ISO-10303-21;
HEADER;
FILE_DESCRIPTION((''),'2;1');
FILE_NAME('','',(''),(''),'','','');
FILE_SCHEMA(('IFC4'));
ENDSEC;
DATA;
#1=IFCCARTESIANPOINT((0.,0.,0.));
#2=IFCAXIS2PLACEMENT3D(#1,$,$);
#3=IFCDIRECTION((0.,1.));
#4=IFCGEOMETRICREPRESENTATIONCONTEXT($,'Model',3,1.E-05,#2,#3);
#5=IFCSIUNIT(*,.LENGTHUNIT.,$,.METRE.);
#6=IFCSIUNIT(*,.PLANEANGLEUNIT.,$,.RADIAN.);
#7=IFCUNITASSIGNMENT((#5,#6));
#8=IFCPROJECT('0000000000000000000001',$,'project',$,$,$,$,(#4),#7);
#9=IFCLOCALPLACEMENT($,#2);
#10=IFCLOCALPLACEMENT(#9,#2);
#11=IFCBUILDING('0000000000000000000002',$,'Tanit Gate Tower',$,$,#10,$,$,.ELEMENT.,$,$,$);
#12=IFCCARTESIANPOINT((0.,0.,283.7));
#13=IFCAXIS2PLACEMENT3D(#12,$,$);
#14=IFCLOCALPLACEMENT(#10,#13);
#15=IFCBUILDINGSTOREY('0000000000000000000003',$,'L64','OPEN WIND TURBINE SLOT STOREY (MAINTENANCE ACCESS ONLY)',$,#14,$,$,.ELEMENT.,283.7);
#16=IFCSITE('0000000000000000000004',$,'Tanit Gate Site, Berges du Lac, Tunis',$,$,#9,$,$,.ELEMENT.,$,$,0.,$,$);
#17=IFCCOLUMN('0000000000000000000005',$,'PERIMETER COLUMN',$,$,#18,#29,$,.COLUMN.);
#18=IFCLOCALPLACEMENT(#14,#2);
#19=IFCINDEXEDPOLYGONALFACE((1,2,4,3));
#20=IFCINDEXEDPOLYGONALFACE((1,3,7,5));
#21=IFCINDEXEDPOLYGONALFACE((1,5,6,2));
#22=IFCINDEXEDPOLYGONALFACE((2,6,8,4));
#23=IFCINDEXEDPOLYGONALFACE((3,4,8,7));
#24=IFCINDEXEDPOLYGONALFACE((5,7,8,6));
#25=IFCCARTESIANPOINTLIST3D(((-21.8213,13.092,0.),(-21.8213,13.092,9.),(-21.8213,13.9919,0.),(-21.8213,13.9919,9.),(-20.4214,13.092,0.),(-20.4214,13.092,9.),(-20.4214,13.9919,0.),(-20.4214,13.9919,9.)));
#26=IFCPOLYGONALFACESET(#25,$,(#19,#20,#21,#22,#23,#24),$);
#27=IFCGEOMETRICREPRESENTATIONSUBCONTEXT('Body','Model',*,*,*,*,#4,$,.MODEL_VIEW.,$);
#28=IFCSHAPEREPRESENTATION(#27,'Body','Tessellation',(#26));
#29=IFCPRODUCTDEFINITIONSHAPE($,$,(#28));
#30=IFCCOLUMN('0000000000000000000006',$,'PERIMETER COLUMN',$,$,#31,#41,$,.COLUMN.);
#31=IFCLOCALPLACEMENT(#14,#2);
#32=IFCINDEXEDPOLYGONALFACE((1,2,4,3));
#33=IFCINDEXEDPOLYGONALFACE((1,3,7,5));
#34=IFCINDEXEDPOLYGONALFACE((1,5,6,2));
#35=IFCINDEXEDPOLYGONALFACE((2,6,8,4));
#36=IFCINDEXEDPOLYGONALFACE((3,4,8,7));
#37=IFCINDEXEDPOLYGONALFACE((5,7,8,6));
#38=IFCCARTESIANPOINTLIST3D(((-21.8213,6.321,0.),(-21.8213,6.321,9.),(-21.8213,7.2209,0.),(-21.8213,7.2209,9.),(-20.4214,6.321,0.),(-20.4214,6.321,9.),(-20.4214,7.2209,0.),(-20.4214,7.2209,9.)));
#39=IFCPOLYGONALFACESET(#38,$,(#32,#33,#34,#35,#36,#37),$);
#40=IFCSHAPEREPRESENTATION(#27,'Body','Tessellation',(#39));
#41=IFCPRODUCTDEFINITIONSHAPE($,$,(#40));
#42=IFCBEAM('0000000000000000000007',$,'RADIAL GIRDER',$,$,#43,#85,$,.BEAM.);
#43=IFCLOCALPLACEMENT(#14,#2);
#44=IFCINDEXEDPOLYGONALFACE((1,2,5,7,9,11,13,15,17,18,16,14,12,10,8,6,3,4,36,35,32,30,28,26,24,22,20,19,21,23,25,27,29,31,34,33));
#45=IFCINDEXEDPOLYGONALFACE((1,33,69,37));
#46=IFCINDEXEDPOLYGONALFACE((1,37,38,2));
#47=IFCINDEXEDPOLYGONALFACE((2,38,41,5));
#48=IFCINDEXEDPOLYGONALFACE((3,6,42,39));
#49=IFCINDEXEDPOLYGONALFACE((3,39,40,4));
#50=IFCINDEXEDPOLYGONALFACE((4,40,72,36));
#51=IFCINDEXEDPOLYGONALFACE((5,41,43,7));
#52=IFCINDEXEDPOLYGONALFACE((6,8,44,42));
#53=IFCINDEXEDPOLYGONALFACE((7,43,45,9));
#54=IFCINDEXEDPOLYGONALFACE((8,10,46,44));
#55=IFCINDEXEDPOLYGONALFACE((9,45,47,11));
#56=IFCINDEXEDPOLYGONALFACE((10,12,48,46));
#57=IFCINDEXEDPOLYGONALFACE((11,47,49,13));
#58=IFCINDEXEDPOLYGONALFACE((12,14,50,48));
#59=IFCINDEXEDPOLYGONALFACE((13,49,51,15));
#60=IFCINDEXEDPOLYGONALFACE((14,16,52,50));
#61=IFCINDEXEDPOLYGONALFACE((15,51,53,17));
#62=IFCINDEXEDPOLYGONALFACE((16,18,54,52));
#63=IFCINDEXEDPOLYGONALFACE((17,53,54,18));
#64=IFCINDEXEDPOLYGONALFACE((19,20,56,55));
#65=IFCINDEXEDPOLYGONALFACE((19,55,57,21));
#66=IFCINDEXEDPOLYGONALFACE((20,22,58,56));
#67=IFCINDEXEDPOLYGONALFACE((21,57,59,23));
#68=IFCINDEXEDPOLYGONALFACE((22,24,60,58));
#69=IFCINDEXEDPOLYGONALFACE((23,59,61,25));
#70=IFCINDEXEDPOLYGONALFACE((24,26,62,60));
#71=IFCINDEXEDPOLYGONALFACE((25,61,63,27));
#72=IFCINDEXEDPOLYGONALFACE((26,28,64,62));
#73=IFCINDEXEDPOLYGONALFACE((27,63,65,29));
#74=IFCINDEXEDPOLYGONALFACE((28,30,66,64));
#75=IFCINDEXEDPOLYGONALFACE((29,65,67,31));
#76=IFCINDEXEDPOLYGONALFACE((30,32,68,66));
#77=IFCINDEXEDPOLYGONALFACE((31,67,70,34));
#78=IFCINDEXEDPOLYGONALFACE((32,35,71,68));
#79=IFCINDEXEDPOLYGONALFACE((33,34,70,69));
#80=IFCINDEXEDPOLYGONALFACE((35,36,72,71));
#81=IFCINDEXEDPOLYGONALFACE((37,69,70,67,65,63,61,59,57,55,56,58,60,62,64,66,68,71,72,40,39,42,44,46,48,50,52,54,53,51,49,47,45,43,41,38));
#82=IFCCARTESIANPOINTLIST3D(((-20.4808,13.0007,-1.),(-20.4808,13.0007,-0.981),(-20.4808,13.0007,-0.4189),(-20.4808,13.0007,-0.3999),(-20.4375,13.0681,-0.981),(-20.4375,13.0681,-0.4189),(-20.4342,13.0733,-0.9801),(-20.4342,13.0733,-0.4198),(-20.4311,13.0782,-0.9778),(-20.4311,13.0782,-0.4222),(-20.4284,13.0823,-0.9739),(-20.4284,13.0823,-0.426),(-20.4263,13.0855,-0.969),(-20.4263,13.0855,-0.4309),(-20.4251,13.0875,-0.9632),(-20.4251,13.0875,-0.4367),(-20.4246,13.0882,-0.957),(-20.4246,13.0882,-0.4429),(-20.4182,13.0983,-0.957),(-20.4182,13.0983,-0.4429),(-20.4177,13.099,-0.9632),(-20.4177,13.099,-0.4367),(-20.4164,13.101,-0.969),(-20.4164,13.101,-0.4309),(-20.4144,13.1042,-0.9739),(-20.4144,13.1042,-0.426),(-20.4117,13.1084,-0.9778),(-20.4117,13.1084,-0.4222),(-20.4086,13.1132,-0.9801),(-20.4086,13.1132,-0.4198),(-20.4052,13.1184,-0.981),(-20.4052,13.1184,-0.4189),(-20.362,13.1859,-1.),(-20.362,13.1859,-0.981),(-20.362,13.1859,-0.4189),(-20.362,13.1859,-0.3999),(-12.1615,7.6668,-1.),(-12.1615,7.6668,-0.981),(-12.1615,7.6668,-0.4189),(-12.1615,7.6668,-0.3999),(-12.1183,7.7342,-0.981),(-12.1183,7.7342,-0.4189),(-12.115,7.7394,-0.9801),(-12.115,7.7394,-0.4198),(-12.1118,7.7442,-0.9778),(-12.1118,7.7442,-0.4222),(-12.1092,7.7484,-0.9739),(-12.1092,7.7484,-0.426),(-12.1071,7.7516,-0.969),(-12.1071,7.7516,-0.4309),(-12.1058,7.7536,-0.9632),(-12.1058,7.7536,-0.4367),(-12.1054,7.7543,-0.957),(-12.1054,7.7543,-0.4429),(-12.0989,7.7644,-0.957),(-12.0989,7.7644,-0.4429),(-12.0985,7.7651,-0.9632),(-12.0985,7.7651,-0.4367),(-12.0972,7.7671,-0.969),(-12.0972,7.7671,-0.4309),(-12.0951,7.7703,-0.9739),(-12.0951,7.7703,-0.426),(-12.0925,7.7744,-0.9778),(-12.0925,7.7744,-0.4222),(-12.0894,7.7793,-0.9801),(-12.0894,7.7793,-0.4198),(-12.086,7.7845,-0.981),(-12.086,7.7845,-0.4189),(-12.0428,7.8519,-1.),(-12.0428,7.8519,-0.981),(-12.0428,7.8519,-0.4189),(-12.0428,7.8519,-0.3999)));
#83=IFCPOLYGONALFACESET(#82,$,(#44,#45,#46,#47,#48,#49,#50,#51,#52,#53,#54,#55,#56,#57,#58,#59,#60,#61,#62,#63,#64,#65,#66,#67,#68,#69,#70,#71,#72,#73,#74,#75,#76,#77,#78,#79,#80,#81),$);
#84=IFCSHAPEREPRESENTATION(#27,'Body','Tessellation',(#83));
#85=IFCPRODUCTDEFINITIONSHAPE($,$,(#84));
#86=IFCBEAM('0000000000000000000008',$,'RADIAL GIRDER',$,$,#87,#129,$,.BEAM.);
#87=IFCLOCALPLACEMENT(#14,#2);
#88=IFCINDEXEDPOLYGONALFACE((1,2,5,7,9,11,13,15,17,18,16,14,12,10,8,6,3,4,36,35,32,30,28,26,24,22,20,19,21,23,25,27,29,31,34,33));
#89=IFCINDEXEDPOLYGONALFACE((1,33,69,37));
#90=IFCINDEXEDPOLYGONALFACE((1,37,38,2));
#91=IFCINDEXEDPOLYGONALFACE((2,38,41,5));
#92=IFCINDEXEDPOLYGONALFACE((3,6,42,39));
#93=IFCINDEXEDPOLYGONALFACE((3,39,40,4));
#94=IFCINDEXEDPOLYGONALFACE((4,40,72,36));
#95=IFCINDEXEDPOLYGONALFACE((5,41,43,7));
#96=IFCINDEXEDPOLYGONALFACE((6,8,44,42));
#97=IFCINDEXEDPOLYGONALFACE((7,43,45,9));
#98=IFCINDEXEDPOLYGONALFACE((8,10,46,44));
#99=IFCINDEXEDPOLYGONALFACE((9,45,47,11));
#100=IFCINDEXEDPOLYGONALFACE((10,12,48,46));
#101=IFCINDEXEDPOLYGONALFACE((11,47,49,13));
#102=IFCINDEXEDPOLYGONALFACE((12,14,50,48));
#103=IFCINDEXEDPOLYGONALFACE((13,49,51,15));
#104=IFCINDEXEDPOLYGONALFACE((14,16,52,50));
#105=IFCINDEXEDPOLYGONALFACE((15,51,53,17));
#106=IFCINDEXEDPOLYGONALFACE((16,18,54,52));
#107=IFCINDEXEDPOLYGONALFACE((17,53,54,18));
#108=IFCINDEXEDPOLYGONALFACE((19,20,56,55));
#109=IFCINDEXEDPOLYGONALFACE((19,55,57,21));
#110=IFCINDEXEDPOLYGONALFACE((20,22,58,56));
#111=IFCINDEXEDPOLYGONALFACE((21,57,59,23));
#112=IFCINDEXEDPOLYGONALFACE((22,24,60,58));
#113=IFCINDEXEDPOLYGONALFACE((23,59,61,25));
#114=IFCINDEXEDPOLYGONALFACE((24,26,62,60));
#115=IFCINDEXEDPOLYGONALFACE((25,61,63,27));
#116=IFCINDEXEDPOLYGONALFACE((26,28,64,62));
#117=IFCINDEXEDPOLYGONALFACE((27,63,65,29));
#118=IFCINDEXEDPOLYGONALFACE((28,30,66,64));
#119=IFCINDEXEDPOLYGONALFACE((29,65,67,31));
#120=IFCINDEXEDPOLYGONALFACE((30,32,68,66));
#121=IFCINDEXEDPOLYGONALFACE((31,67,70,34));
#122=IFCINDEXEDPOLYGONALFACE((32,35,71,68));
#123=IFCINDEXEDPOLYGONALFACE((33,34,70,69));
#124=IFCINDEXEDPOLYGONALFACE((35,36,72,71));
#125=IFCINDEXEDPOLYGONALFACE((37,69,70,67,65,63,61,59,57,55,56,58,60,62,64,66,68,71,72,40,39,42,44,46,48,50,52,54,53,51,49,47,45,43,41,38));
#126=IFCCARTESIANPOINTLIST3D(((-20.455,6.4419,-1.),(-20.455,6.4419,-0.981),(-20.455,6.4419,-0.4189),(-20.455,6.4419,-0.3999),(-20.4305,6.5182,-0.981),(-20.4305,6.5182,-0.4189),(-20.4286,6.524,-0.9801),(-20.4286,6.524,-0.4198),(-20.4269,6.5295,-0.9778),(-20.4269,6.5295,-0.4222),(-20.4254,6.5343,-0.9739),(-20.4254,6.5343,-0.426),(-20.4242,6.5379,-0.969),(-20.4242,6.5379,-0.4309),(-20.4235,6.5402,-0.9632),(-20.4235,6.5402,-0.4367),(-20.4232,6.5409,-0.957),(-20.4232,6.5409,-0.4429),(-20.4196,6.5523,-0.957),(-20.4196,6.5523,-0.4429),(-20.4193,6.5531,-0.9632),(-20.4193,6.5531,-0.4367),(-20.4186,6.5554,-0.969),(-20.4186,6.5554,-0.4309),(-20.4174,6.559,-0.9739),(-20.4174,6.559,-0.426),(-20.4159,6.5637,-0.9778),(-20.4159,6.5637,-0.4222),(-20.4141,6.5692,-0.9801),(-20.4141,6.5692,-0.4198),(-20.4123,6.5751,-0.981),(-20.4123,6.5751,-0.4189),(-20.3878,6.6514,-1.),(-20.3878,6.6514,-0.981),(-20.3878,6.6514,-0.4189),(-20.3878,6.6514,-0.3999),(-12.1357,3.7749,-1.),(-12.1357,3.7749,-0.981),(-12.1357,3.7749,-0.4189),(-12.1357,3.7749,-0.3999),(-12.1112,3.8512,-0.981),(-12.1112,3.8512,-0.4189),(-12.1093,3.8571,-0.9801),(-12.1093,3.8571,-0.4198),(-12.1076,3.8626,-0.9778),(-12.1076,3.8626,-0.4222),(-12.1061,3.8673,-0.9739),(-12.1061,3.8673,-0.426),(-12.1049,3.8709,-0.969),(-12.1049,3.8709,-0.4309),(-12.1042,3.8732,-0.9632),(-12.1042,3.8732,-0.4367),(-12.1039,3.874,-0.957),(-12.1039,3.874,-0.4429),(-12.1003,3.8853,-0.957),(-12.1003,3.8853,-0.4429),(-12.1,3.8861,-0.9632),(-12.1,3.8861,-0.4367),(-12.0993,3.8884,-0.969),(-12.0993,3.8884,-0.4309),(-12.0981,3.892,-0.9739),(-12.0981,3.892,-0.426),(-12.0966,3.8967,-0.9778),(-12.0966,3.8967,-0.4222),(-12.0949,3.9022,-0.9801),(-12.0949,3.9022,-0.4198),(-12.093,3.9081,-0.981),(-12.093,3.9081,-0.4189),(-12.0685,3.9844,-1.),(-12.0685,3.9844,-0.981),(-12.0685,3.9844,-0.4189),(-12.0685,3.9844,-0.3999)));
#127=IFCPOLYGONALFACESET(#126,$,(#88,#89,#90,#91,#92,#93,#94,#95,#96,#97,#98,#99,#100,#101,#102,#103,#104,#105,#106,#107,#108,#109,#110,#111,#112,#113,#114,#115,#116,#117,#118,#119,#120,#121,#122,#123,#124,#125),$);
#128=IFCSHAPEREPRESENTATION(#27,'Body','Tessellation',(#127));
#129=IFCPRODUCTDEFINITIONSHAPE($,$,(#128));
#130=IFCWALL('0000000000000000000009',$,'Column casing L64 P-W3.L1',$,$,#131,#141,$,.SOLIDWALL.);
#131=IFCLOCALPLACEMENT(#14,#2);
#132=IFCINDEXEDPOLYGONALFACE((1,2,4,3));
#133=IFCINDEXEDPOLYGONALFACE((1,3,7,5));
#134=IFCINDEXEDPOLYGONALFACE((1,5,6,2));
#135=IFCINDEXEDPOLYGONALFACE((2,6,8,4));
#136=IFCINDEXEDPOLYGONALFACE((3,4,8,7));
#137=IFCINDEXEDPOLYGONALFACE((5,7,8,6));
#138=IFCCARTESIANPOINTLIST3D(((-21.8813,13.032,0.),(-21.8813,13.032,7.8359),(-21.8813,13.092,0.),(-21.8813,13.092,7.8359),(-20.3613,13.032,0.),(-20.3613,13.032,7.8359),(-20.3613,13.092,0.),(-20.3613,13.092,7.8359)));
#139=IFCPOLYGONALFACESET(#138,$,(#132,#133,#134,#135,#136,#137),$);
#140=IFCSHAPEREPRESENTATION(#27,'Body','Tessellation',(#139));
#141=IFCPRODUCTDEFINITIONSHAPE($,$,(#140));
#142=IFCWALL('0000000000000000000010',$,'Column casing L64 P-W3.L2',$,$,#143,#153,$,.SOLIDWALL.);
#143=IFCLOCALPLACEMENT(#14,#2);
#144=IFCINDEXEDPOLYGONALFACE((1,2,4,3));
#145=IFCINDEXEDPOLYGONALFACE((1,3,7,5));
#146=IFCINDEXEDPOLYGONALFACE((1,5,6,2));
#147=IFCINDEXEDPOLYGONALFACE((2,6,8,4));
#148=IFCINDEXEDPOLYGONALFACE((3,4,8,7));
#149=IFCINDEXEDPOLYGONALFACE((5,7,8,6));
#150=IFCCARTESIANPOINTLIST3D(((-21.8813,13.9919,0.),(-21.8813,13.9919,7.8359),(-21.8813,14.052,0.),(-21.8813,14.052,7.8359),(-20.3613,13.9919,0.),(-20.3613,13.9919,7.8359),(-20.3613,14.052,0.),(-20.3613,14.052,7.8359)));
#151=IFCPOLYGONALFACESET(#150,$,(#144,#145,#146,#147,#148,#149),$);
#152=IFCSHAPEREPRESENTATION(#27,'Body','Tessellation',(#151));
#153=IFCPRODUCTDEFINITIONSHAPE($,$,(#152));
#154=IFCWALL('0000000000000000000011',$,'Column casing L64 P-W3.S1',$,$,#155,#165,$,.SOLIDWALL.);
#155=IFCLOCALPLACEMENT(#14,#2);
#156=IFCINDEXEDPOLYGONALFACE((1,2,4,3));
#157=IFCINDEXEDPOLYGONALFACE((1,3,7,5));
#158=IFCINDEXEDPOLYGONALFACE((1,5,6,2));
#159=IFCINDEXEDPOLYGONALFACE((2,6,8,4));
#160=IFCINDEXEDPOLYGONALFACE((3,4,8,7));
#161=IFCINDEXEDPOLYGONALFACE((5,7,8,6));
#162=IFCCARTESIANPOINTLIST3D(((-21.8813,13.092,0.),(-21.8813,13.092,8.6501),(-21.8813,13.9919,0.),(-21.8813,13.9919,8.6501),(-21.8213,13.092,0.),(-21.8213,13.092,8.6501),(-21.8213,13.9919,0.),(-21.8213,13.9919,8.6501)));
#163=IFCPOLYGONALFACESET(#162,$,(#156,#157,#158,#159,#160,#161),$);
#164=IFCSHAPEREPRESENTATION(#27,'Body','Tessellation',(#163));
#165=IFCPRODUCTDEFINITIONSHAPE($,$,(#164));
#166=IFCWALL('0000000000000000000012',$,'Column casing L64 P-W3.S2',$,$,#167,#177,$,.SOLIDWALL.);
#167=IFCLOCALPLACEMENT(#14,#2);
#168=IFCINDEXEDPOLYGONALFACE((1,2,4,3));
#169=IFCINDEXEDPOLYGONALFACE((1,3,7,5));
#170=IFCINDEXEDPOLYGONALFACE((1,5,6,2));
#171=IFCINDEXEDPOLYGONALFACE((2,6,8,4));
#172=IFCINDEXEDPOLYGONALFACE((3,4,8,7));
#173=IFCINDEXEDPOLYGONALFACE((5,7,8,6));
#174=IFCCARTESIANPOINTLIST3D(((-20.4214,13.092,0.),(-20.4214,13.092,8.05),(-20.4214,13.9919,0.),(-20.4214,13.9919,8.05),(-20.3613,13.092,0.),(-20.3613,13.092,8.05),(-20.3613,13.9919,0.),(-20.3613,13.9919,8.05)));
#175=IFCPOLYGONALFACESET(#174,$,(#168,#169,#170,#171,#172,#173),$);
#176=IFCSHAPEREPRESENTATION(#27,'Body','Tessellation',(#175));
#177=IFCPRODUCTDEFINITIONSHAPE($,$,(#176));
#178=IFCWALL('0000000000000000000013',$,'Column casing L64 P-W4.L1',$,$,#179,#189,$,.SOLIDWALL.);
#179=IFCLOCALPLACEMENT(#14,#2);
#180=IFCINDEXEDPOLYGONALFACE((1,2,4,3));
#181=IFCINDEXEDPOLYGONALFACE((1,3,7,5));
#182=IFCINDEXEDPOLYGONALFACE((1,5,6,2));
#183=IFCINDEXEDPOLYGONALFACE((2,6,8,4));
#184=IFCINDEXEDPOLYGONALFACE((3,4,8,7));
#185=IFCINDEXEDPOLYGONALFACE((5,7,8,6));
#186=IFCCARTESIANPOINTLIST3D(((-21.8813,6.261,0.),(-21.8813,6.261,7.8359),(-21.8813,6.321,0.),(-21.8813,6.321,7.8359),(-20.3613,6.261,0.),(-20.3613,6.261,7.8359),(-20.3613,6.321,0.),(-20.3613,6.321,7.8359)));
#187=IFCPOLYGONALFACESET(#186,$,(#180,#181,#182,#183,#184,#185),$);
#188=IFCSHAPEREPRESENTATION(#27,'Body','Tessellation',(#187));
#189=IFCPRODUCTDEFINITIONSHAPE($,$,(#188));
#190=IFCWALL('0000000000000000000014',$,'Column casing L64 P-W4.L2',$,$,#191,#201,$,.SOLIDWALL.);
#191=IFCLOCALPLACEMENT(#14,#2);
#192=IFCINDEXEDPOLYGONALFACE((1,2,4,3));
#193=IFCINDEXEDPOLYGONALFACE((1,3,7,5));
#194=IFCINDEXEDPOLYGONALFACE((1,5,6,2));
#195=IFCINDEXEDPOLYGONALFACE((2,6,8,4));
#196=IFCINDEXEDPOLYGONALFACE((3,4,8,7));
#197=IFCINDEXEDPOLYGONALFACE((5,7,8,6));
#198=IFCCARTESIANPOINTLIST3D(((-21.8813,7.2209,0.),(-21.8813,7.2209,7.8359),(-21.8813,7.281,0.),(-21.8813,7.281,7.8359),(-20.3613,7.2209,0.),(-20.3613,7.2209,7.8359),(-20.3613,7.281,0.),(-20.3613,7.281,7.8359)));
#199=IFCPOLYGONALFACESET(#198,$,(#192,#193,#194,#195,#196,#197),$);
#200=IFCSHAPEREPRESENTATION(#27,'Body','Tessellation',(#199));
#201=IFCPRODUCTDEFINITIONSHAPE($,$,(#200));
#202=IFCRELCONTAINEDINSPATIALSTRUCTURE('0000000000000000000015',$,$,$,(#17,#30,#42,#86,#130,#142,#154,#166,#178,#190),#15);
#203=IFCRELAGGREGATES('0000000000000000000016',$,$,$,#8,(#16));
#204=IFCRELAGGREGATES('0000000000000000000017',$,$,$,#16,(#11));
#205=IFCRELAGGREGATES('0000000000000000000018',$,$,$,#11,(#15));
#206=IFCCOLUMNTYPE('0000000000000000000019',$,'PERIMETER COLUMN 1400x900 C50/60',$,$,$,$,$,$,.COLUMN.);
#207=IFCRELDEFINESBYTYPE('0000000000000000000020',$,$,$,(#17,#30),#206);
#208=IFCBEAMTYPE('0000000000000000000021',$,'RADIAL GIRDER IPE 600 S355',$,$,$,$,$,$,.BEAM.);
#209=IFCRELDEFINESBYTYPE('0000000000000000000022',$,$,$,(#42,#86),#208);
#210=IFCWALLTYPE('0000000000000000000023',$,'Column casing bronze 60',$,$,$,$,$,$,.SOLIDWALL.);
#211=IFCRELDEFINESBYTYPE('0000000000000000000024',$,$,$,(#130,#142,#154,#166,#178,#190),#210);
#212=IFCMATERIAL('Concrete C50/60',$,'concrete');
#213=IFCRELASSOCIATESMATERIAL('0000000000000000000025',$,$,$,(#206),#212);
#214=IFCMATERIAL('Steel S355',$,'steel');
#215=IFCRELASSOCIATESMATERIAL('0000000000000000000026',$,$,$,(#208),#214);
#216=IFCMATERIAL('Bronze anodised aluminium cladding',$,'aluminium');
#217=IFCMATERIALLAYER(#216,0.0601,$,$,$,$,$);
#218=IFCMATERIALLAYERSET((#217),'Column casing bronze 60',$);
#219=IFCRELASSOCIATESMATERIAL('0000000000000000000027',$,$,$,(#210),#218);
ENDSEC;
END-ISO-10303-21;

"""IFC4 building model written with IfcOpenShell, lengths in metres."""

from ifc_helpers import new_model, si_unit, direction, frame, frame_2d, origin, origin_2d, place, context, subcontext, project, spatial, rectangle, i_section, extrude, material, layer, layer_set, material_profile, profile_set, type_object, element, save


model = new_model("IFC4")

# Units and contexts
model_context = context("Model", 3, precision=1e-05, world=origin(), true_north=direction((0.0, 1.0)))
body_context = subcontext(model_context, "Body", "Model", "MODEL_VIEW")
ifc_project = project(units=[si_unit("LENGTHUNIT", "METRE"), si_unit("PLANEANGLEUNIT", "RADIAN")], contexts=[model_context])

# Site, building, storey
site_placement = place(None, origin())
site = spatial("IfcSite", under=ifc_project, at=site_placement, Name="Tanit Gate Site, Berges du Lac, Tunis", CompositionType="ELEMENT", RefElevation=0.0)
building_placement = place(site_placement, origin())
building = spatial("IfcBuilding", under=site, at=building_placement, Name="Tanit Gate Tower", CompositionType="ELEMENT")
storey_placement = place(building_placement, frame((0.0, 0.0, 283.7)))
storey = spatial("IfcBuildingStorey", under=building, at=storey_placement, Name="L64", Description="OPEN WIND TURBINE SLOT STOREY (MAINTENANCE ACCESS ONLY)", CompositionType="ELEMENT", Elevation=283.7)

# Columns
ifc_material_1 = material(Name="Concrete C50/60", Category="concrete")
ifc_material_profile_1 = material_profile(ifc_material_1, rectangle(XDim=1.3999, YDim=0.8999, at=origin_2d()), Name="RC 1400x900")
ifc_profile_set_1 = profile_set([ifc_material_profile_1], Name="Concrete C50/60")
column_type = type_object("IfcColumnType", Name="PERIMETER COLUMN 1400x900 C50/60", PredefinedType="COLUMN", material=ifc_profile_set_1)
for number, where, z_axis, x_axis, name in (
    (1, (-21.1213, 13.542, 0.0), (0.0, 0.0, 1.0), (-1.0, 0.0, 0.0), "PERIMETER COLUMN"),
    (2, (-21.1213, 6.771, 0.0), (0.0, 0.0, 1.0), (-1.0, 0.0, 0.0), "PERIMETER COLUMN"),
):
    element("IfcColumn", number, at=place(storey_placement, frame(where, z_axis=z_axis, x_axis=x_axis)), inside=storey, type_object=column_type, Name=name, PredefinedType="COLUMN", context=body_context, shape_type="SweptSolid", body=[
        extrude(rectangle(XDim=1.3999, YDim=0.8999, at=origin_2d()), origin(), (0.0, 0.0, 1.0), 9.0),
    ])

# Beams
ifc_material_2 = material(Name="Steel S355", Category="steel")
ifc_material_profile_2 = material_profile(ifc_material_2, i_section(OverallWidth=0.22, OverallDepth=0.6001, WebThickness=0.012, FlangeThickness=0.019, FilletRadius=0.0239, at=origin_2d()), Name="IPE 600")
ifc_profile_set_2 = profile_set([ifc_material_profile_2], Name="Steel S355")
beam_type = type_object("IfcBeamType", Name="RADIAL GIRDER IPE 600 S355", PredefinedType="BEAM", material=ifc_profile_set_2)
beam_1_placement = place(storey_placement, frame((-20.4214, 13.0933, -0.7), z_axis=(0.84183, -0.539743, 0.0), x_axis=(0.539743, 0.84183, 0.0)))
element("IfcBeam", 3, at=beam_1_placement, inside=storey, type_object=beam_type, Name="RADIAL GIRDER", PredefinedType="BEAM", context=body_context, shape_type="SweptSolid", body=[
    extrude(i_section(OverallWidth=0.22, OverallDepth=0.6001, WebThickness=0.012, FlangeThickness=0.019, FilletRadius=0.0239, at=origin_2d()), origin(), (0.0, 0.0, 1.0), 9.8823),
])
beam_2_placement = place(storey_placement, frame((-20.4214, 6.5466, -0.7), z_axis=(0.952264, -0.305275, 0.0), x_axis=(0.305275, 0.952264, 0.0)))
element("IfcBeam", 4, at=beam_2_placement, inside=storey, type_object=beam_type, Name="RADIAL GIRDER", PredefinedType="BEAM", context=body_context, shape_type="SweptSolid", body=[
    extrude(i_section(OverallWidth=0.22, OverallDepth=0.6001, WebThickness=0.012, FlangeThickness=0.019, FilletRadius=0.0239, at=origin_2d()), origin(), (0.0, 0.0, 1.0), 8.7363),
])

# Walls
ifc_material_3 = material(Name="Bronze anodised aluminium cladding", Category="aluminium")
ifc_layer_1 = layer(ifc_material_3, 0.0601)
ifc_layer_set_1 = layer_set([ifc_layer_1], Name="Column casing bronze 60")
wall_type_1 = type_object("IfcWallType", Name="Column casing bronze 60", PredefinedType="SOLIDWALL", material=ifc_layer_set_1)
for number, where, z_axis, x_axis, name in (
    (5, (-20.3613, 13.062, 0.0), (0.0, 0.0, 1.0), (-1.0, 0.0, 0.0), "Column casing L64 P-W3.L1"),
    (6, (-20.3613, 14.022, 0.0), (0.0, 0.0, 1.0), (-1.0, 0.0, 0.0), "Column casing L64 P-W3.L2"),
):
    element("IfcWall", number, at=place(storey_placement, frame(where, z_axis=z_axis, x_axis=x_axis)), inside=storey, type_object=wall_type_1, Name=name, PredefinedType="SOLIDWALL", context=body_context, shape_type="SweptSolid", body=[
        extrude(rectangle(XDim=1.52, YDim=0.0601, at=frame_2d((0.76, 0.0))), origin(), (0.0, 0.0, 1.0), 7.8359),
    ])
wall_1_placement = place(storey_placement, frame((-21.8513, 13.9919, 0.0), z_axis=(0.0, 0.0, 1.0), x_axis=(0.0, -1.0, 0.0)))
element("IfcWall", 7, at=wall_1_placement, inside=storey, type_object=wall_type_1, Name="Column casing L64 P-W3.S1", PredefinedType="SOLIDWALL", context=body_context, shape_type="SweptSolid", body=[
    extrude(rectangle(XDim=0.8999, YDim=0.0601, at=frame_2d((0.45, 0.0))), origin(), (0.0, 0.0, 1.0), 8.6501),
])
wall_2_placement = place(storey_placement, frame((-20.3914, 13.9919, 0.0), z_axis=(0.0, 0.0, 1.0), x_axis=(0.0, -1.0, 0.0)))
element("IfcWall", 8, at=wall_2_placement, inside=storey, type_object=wall_type_1, Name="Column casing L64 P-W3.S2", PredefinedType="SOLIDWALL", context=body_context, shape_type="SweptSolid", body=[
    extrude(rectangle(XDim=0.8999, YDim=0.0601, at=frame_2d((0.45, 0.0))), origin(), (0.0, 0.0, 1.0), 8.05),
])
for number, where, z_axis, x_axis, name in (
    (9, (-20.3613, 6.291, 0.0), (0.0, 0.0, 1.0), (-1.0, 0.0, 0.0), "Column casing L64 P-W4.L1"),
    (10, (-20.3613, 7.251, 0.0), (0.0, 0.0, 1.0), (-1.0, 0.0, 0.0), "Column casing L64 P-W4.L2"),
):
    element("IfcWall", number, at=place(storey_placement, frame(where, z_axis=z_axis, x_axis=x_axis)), inside=storey, type_object=wall_type_1, Name=name, PredefinedType="SOLIDWALL", context=body_context, shape_type="SweptSolid", body=[
        extrude(rectangle(XDim=1.52, YDim=0.0601, at=frame_2d((0.76, 0.0))), origin(), (0.0, 0.0, 1.0), 7.8359),
    ])

save(model, "model.ifc")
